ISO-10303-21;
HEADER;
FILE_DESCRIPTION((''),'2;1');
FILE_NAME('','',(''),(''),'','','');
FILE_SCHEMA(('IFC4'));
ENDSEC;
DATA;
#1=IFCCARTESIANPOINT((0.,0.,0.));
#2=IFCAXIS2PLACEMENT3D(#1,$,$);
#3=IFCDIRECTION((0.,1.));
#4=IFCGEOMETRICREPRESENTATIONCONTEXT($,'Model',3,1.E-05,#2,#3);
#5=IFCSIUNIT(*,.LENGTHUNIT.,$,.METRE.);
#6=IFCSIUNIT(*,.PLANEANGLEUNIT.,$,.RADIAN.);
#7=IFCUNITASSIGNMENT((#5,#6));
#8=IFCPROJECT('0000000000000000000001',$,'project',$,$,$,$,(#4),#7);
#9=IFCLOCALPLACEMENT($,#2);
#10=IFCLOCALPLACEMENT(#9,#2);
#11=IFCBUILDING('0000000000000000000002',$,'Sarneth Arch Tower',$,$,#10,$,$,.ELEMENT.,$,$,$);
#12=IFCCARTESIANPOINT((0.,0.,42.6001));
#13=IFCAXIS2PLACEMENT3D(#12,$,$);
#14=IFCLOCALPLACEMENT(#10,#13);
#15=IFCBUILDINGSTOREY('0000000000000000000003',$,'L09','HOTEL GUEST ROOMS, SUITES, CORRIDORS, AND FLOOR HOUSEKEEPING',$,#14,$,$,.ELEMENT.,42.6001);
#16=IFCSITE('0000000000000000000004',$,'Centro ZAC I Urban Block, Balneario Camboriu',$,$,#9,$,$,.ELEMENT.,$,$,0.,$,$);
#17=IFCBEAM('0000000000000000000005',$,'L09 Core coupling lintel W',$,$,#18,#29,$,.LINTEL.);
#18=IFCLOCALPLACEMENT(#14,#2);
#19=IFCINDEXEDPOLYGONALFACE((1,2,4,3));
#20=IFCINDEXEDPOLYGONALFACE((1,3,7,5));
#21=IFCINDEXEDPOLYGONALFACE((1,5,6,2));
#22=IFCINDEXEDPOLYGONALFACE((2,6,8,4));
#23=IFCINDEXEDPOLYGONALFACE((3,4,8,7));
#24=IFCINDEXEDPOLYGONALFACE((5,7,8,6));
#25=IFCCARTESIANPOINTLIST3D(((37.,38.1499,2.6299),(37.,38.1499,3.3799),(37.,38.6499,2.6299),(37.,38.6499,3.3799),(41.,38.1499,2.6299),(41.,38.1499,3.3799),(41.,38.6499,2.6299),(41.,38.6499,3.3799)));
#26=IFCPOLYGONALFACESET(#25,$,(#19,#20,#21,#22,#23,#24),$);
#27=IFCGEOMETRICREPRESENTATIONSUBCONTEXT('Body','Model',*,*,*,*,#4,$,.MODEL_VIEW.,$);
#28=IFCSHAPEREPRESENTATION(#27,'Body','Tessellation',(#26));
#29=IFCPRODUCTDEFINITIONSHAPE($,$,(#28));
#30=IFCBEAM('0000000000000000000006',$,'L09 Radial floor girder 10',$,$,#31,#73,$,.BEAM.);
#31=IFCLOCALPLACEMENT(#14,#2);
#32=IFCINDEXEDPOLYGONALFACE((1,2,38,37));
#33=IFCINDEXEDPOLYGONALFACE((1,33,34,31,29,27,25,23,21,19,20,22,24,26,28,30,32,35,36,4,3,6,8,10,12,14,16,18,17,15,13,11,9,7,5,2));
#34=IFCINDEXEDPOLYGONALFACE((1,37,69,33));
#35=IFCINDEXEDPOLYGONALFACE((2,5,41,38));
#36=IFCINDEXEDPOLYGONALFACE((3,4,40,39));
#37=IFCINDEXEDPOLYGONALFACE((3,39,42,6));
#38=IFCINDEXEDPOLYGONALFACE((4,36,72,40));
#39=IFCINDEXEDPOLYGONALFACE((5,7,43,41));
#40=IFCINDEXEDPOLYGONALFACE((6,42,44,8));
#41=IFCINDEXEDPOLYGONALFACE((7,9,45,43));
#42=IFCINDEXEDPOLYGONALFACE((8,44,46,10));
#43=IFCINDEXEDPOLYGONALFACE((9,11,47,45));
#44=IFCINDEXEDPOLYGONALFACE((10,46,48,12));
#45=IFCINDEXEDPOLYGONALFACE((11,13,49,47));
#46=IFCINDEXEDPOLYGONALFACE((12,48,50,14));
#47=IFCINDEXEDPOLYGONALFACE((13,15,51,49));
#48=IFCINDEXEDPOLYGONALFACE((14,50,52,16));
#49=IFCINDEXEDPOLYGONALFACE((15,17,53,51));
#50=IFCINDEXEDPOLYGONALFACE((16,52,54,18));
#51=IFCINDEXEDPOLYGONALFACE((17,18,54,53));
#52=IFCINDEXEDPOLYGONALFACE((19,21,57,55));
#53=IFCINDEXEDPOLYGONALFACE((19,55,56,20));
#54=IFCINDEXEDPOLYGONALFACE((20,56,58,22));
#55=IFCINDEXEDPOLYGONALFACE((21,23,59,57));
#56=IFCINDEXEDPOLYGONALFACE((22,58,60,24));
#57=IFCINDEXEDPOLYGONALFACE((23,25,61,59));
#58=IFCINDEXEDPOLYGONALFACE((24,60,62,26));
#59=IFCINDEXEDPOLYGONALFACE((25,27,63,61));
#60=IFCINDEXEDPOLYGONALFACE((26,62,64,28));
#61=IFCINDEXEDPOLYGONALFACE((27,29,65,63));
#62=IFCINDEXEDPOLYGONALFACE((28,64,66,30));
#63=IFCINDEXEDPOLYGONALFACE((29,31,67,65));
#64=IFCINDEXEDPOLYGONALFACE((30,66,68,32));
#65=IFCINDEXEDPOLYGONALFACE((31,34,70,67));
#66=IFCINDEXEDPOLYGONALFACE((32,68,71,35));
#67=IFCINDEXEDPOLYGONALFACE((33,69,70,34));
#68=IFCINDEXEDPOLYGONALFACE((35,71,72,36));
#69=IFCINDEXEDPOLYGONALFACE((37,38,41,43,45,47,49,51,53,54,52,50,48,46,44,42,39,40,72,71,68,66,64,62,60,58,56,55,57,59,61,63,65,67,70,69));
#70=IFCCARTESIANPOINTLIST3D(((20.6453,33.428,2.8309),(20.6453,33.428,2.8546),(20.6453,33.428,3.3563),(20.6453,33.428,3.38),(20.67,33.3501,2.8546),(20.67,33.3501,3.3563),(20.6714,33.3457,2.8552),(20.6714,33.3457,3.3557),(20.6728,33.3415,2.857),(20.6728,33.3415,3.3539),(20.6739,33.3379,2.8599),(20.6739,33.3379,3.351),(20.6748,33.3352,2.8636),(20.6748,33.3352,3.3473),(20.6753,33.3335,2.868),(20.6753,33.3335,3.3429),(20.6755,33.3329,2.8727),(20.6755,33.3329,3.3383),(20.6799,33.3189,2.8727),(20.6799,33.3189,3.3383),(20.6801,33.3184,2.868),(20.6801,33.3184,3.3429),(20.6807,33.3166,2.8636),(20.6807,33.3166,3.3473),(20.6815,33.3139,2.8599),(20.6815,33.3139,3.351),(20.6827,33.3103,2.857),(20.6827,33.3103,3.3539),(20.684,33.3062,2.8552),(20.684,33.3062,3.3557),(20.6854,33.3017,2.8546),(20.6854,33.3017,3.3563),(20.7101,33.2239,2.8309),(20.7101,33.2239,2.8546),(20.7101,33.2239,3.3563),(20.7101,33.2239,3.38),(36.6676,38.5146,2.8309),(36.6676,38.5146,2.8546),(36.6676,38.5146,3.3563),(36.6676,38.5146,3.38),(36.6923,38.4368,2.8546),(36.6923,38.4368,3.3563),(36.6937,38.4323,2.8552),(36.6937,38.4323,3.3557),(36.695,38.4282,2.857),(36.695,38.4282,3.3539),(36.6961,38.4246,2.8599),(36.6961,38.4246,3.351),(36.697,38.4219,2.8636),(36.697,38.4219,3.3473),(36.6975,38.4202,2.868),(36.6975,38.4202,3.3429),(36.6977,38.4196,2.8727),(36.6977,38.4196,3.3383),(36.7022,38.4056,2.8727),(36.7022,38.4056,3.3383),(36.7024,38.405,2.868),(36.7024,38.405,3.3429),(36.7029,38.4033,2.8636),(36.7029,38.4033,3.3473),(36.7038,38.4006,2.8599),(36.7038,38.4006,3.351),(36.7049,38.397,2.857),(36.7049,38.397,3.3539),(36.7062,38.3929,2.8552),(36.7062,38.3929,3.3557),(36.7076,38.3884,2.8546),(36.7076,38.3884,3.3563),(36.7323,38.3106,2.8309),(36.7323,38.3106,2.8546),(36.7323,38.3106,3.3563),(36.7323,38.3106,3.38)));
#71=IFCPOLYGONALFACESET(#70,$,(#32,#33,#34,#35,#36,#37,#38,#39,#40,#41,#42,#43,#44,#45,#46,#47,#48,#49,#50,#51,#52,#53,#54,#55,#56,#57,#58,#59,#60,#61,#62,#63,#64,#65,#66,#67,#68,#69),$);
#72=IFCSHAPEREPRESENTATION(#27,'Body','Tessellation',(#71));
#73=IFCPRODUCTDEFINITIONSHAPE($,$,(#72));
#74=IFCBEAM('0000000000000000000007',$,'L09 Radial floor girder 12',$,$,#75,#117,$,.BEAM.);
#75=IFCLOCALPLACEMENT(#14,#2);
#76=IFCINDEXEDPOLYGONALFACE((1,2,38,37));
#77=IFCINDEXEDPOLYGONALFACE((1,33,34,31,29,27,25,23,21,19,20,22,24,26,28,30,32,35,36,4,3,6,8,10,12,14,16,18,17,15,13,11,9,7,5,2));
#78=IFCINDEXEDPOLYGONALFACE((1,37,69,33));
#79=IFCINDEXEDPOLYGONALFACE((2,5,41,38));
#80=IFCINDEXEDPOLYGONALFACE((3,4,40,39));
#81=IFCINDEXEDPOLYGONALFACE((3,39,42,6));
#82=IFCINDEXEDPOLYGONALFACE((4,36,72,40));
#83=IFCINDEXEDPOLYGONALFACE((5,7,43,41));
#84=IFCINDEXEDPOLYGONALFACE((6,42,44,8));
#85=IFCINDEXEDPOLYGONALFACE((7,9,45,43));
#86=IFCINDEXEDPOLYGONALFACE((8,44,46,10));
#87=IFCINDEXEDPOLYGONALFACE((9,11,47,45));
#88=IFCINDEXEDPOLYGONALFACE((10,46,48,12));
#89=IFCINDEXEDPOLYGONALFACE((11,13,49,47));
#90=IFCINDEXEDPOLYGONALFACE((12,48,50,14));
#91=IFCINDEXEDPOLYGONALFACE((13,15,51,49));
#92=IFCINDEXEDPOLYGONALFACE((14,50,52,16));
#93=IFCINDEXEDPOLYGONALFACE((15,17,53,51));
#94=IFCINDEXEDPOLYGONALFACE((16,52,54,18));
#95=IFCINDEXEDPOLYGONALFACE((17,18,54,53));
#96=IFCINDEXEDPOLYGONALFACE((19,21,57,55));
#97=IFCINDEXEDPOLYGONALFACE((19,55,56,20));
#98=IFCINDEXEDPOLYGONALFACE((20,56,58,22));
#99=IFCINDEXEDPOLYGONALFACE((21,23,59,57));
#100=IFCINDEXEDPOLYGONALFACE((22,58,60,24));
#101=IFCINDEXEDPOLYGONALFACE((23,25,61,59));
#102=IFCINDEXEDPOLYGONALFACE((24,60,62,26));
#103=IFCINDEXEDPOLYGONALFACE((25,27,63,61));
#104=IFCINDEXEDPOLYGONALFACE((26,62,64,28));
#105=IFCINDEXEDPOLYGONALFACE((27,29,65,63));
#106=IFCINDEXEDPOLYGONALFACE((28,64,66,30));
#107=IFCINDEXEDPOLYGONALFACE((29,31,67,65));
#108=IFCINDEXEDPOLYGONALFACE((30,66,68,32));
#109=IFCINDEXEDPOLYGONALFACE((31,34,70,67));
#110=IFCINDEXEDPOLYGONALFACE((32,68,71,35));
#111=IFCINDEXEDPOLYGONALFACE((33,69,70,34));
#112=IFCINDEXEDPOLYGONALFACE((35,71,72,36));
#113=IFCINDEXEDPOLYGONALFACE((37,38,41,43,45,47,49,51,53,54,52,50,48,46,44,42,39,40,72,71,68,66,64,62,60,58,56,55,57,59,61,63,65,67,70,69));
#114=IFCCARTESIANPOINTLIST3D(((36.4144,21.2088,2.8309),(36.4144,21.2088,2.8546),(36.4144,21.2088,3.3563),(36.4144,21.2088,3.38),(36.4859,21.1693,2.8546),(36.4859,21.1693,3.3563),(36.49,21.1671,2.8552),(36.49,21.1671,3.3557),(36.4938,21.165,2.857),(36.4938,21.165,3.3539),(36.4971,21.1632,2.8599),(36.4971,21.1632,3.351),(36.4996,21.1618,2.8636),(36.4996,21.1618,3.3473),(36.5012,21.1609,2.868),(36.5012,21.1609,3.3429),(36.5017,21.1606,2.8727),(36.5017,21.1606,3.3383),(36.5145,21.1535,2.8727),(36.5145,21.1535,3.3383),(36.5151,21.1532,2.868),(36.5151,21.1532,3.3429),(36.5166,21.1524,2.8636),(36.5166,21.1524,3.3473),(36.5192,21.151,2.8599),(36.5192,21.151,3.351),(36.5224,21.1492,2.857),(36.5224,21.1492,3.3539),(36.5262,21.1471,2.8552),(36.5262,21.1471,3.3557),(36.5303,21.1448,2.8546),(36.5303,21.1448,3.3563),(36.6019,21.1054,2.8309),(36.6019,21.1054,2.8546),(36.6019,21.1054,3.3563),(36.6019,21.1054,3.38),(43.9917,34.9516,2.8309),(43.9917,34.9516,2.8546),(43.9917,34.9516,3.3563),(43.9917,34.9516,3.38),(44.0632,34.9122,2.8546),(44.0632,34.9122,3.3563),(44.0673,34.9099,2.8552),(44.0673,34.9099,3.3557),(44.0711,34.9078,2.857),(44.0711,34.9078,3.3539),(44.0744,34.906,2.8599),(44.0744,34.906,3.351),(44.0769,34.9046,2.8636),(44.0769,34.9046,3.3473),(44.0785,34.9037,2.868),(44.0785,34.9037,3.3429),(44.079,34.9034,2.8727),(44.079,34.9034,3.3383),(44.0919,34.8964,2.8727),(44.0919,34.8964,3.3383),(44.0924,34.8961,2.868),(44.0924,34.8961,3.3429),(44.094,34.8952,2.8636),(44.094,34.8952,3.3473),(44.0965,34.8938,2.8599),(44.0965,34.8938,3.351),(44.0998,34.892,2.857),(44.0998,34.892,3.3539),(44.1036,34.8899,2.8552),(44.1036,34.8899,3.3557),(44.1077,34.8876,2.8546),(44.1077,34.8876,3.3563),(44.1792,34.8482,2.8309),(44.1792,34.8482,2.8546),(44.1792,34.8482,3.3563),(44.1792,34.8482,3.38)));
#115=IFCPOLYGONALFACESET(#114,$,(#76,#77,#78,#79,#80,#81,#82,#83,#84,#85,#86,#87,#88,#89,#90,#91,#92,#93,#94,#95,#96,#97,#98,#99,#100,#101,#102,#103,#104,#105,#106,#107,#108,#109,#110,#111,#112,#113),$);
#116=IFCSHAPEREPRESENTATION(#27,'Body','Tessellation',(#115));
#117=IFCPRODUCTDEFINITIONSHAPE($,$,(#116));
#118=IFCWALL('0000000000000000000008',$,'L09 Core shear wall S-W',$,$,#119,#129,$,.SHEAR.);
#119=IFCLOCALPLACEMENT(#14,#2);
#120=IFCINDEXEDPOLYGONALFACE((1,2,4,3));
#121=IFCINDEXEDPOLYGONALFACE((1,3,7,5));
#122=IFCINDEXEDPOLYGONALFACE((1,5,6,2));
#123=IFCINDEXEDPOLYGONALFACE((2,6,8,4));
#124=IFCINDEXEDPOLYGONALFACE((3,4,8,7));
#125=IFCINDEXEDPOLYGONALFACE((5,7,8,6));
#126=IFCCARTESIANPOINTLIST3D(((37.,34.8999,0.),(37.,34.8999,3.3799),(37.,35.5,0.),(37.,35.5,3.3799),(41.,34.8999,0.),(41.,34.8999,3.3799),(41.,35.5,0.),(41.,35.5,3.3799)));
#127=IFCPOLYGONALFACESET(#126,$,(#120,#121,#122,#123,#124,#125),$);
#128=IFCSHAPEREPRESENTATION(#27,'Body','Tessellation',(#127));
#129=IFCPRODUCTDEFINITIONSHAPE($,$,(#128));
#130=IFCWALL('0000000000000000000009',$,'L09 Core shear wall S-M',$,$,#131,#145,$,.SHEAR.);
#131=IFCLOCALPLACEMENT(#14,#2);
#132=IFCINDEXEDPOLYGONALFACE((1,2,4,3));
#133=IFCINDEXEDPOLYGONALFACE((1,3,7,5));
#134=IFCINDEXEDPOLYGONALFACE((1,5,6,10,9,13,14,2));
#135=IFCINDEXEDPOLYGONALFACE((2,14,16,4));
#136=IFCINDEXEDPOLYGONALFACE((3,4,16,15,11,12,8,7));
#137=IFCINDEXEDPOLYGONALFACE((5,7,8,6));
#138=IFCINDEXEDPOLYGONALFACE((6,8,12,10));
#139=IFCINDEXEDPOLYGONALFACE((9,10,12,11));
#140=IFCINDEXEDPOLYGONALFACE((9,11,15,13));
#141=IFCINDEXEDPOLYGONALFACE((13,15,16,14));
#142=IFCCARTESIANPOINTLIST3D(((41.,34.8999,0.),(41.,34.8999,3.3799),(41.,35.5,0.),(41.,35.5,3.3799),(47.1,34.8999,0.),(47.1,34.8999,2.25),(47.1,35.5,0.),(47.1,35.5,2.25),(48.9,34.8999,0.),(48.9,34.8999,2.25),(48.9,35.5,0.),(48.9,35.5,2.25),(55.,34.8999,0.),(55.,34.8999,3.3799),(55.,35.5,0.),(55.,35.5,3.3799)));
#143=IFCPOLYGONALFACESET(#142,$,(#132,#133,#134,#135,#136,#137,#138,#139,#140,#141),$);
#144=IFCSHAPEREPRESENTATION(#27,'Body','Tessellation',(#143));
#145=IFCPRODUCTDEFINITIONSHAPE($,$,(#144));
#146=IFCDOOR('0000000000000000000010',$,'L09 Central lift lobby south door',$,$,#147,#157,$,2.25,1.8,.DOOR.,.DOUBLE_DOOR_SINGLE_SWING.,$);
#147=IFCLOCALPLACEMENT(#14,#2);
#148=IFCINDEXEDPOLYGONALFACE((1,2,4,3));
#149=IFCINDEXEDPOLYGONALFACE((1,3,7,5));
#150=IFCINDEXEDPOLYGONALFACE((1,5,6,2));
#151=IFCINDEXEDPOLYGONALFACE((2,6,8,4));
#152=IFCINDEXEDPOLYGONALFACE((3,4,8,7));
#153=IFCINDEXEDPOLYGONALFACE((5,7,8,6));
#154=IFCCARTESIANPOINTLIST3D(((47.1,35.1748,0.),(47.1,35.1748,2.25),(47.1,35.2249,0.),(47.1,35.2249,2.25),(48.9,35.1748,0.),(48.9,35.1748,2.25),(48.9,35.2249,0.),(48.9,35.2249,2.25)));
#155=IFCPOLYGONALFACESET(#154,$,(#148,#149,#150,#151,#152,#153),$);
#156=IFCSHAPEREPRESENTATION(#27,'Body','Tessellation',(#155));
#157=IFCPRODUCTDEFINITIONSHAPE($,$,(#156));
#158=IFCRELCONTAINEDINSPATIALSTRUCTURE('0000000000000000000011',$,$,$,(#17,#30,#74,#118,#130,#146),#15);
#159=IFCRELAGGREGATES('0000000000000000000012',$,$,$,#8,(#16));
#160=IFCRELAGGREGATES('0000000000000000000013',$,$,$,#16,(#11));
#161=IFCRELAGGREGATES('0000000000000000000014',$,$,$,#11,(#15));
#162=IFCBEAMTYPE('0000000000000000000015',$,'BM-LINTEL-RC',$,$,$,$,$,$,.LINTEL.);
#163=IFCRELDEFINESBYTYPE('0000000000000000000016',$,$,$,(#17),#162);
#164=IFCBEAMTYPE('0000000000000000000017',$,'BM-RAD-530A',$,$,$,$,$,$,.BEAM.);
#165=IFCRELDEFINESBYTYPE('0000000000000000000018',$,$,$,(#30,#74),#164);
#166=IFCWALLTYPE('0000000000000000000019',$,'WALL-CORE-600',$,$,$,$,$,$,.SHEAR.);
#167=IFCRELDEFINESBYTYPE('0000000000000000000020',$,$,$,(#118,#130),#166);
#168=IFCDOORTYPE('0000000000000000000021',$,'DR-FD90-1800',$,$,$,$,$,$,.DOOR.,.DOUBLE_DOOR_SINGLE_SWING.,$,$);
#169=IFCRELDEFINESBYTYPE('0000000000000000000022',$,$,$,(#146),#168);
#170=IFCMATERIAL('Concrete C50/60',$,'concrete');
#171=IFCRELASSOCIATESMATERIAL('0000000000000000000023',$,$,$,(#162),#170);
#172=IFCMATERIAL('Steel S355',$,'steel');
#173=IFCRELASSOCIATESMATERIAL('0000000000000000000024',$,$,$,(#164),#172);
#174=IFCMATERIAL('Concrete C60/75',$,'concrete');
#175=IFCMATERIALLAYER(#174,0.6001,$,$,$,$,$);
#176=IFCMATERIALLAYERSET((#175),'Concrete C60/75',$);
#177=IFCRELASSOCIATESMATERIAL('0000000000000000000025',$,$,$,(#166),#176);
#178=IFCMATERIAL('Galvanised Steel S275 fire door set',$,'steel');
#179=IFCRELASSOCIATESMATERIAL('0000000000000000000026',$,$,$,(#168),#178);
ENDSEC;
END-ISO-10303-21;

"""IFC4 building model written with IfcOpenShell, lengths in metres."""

from ifc_helpers import new_model, si_unit, direction, frame, frame_2d, origin, origin_2d, place, context, subcontext, project, spatial, rectangle, i_section, extrude, material, layer, layer_set, material_profile, profile_set, type_object, element, fill, save


model = new_model("IFC4")

# Units and contexts
model_context = context("Model", 3, precision=1e-05, world=origin(), true_north=direction((0.0, 1.0)))
body_context = subcontext(model_context, "Body", "Model", "MODEL_VIEW")
ifc_project = project(units=[si_unit("LENGTHUNIT", "METRE"), si_unit("PLANEANGLEUNIT", "RADIAN")], contexts=[model_context])

# Site, building, storey
site_placement = place(None, origin())
site = spatial("IfcSite", under=ifc_project, at=site_placement, Name="Centro ZAC I Urban Block, Balneario Camboriu", CompositionType="ELEMENT", RefElevation=0.0)
building_placement = place(site_placement, origin())
building = spatial("IfcBuilding", under=site, at=building_placement, Name="Sarneth Arch Tower", CompositionType="ELEMENT")
storey_placement = place(building_placement, frame((0.0, 0.0, 42.6001)))
storey = spatial("IfcBuildingStorey", under=building, at=storey_placement, Name="L09", Description="HOTEL GUEST ROOMS, SUITES, CORRIDORS, AND FLOOR HOUSEKEEPING", CompositionType="ELEMENT", Elevation=42.6001)

# Beams
ifc_material_1 = material(Name="Concrete C50/60", Category="concrete")
ifc_material_profile_1 = material_profile(ifc_material_1, rectangle(XDim=0.5, YDim=0.75, at=origin_2d()), Name="RC-500x750")
ifc_profile_set_1 = profile_set([ifc_material_profile_1], Name="Concrete C50/60")
beam_type_1 = type_object("IfcBeamType", Name="BM-LINTEL-RC", PredefinedType="LINTEL", material=ifc_profile_set_1)
beam_1_placement = place(storey_placement, frame((37.0, 38.3999, 3.0049), z_axis=(1.0, 0.0, 0.0), x_axis=(0.0, 1.0, 0.0)))
element("IfcBeam", 1, at=beam_1_placement, inside=storey, type_object=beam_type_1, Name="L09 Core coupling lintel W", PredefinedType="LINTEL", context=body_context, shape_type="SweptSolid", body=[
    extrude(rectangle(XDim=0.5, YDim=0.75, at=origin_2d()), origin(), (0.0, 0.0, 1.0), 4.0),
])
ifc_material_2 = material(Name="Steel S355", Category="steel")
ifc_material_profile_2 = material_profile(ifc_material_2, i_section(OverallWidth=0.2141, OverallDepth=0.5491, WebThickness=0.0146, FlangeThickness=0.0237, FilletRadius=0.0181, at=origin_2d()), Name="W530x138")
ifc_profile_set_2 = profile_set([ifc_material_profile_2], Name="Steel S355")
beam_type_2 = type_object("IfcBeamType", Name="BM-RAD-530A", PredefinedType="BEAM", material=ifc_profile_set_2)
beam_2_placement = place(storey_placement, frame((36.7, 38.4126, 3.1055), z_axis=(-0.95312, -0.302593, 0.0), x_axis=(0.302593, -0.95312, 0.0)))
element("IfcBeam", 2, at=beam_2_placement, inside=storey, type_object=beam_type_2, Name="L09 Radial floor girder 10", PredefinedType="BEAM", context=body_context, shape_type="SweptSolid", body=[
    extrude(i_section(OverallWidth=0.2141, OverallDepth=0.5491, WebThickness=0.0146, FlangeThickness=0.0237, FilletRadius=0.0181, at=origin_2d()), origin(), (0.0, 0.0, 1.0), 16.8103),
])
beam_3_placement = place(storey_placement, frame((44.0854, 34.8999, 3.1055), z_axis=(-0.482838, -0.87571, 0.0), x_axis=(0.87571, -0.482838, 0.0)))
element("IfcBeam", 3, at=beam_3_placement, inside=storey, type_object=beam_type_2, Name="L09 Radial floor girder 12", PredefinedType="BEAM", context=body_context, shape_type="SweptSolid", body=[
    extrude(i_section(OverallWidth=0.2141, OverallDepth=0.5491, WebThickness=0.0146, FlangeThickness=0.0237, FilletRadius=0.0181, at=origin_2d()), origin(), (0.0, 0.0, 1.0), 15.6934),
])

# Wall
ifc_material_3 = material(Name="Concrete C60/75", Category="concrete")
ifc_layer_1 = layer(ifc_material_3, 0.6001)
ifc_layer_set_1 = layer_set([ifc_layer_1], Name="Concrete C60/75")
wall_type_1 = type_object("IfcWallType", Name="WALL-CORE-600", PredefinedType="SHEAR", material=ifc_layer_set_1)
wall_1_placement = place(storey_placement, frame((37.0, 35.2, 0.0), z_axis=(0.0, 0.0, 1.0), x_axis=(1.0, 0.0, 0.0)))
element("IfcWall", 4, at=wall_1_placement, inside=storey, type_object=wall_type_1, Name="L09 Core shear wall S-W", PredefinedType="SHEAR", context=body_context, shape_type="SweptSolid", body=[
    extrude(rectangle(XDim=4.0, YDim=0.6001, at=frame_2d((2.0, 0.0))), origin(), (0.0, 0.0, 1.0), 3.3799),
])

# Wall, opening, door
wall_2_placement = place(storey_placement, frame((41.0, 35.2, 0.0), z_axis=(0.0, 0.0, 1.0), x_axis=(1.0, 0.0, 0.0)))
wall_2 = element("IfcWall", 5, at=wall_2_placement, inside=storey, type_object=wall_type_1, Name="L09 Core shear wall S-M", PredefinedType="SHEAR", context=body_context, shape_type="SweptSolid", body=[
    extrude(rectangle(XDim=14.0, YDim=0.6001, at=frame_2d((7.0, 0.0))), origin(), (0.0, 0.0, 1.0), 3.3799),
])
opening_1_placement = place(wall_2_placement, frame((6.1001, 0.0, 0.0)))
opening_1 = element("IfcOpeningElement", 6, at=opening_1_placement, cuts=wall_2, PredefinedType="OPENING", context=body_context, shape_type="SweptSolid", body=[
    extrude(rectangle(XDim=1.8, YDim=2.25, at=frame_2d((0.8999, 1.125))), frame((0.0, 0.3101, 0.0), z_axis=(0.0, -1.0, 0.0), x_axis=(1.0, 0.0, 0.0)), (0.0, 0.0, 1.0), 0.6201),
])
ifc_material_4 = material(Name="Galvanised Steel S275 fire door set", Category="steel")
door_type_1 = type_object("IfcDoorType", Name="DR-FD90-1800", OperationType="DOUBLE_DOOR_SINGLE_SWING", PredefinedType="DOOR", material=ifc_material_4)
door_1_placement = place(opening_1_placement, origin())
door_1 = element("IfcDoor", 7, at=door_1_placement, inside=storey, type_object=door_type_1, Name="L09 Central lift lobby south door", OperationType="DOUBLE_DOOR_SINGLE_SWING", OverallHeight=2.25, OverallWidth=1.8, PredefinedType="DOOR", context=body_context, shape_type="SweptSolid", body=[
    extrude(rectangle(XDim=1.8, YDim=2.25, at=frame_2d((0.8999, 1.125))), frame((0.0, 0.0249, 0.0), z_axis=(0.0, -1.0, 0.0), x_axis=(1.0, 0.0, 0.0)), (0.0, 0.0, 1.0), 0.05),
])
fill(opening_1, door_1)

save(model, "model.ifc")
